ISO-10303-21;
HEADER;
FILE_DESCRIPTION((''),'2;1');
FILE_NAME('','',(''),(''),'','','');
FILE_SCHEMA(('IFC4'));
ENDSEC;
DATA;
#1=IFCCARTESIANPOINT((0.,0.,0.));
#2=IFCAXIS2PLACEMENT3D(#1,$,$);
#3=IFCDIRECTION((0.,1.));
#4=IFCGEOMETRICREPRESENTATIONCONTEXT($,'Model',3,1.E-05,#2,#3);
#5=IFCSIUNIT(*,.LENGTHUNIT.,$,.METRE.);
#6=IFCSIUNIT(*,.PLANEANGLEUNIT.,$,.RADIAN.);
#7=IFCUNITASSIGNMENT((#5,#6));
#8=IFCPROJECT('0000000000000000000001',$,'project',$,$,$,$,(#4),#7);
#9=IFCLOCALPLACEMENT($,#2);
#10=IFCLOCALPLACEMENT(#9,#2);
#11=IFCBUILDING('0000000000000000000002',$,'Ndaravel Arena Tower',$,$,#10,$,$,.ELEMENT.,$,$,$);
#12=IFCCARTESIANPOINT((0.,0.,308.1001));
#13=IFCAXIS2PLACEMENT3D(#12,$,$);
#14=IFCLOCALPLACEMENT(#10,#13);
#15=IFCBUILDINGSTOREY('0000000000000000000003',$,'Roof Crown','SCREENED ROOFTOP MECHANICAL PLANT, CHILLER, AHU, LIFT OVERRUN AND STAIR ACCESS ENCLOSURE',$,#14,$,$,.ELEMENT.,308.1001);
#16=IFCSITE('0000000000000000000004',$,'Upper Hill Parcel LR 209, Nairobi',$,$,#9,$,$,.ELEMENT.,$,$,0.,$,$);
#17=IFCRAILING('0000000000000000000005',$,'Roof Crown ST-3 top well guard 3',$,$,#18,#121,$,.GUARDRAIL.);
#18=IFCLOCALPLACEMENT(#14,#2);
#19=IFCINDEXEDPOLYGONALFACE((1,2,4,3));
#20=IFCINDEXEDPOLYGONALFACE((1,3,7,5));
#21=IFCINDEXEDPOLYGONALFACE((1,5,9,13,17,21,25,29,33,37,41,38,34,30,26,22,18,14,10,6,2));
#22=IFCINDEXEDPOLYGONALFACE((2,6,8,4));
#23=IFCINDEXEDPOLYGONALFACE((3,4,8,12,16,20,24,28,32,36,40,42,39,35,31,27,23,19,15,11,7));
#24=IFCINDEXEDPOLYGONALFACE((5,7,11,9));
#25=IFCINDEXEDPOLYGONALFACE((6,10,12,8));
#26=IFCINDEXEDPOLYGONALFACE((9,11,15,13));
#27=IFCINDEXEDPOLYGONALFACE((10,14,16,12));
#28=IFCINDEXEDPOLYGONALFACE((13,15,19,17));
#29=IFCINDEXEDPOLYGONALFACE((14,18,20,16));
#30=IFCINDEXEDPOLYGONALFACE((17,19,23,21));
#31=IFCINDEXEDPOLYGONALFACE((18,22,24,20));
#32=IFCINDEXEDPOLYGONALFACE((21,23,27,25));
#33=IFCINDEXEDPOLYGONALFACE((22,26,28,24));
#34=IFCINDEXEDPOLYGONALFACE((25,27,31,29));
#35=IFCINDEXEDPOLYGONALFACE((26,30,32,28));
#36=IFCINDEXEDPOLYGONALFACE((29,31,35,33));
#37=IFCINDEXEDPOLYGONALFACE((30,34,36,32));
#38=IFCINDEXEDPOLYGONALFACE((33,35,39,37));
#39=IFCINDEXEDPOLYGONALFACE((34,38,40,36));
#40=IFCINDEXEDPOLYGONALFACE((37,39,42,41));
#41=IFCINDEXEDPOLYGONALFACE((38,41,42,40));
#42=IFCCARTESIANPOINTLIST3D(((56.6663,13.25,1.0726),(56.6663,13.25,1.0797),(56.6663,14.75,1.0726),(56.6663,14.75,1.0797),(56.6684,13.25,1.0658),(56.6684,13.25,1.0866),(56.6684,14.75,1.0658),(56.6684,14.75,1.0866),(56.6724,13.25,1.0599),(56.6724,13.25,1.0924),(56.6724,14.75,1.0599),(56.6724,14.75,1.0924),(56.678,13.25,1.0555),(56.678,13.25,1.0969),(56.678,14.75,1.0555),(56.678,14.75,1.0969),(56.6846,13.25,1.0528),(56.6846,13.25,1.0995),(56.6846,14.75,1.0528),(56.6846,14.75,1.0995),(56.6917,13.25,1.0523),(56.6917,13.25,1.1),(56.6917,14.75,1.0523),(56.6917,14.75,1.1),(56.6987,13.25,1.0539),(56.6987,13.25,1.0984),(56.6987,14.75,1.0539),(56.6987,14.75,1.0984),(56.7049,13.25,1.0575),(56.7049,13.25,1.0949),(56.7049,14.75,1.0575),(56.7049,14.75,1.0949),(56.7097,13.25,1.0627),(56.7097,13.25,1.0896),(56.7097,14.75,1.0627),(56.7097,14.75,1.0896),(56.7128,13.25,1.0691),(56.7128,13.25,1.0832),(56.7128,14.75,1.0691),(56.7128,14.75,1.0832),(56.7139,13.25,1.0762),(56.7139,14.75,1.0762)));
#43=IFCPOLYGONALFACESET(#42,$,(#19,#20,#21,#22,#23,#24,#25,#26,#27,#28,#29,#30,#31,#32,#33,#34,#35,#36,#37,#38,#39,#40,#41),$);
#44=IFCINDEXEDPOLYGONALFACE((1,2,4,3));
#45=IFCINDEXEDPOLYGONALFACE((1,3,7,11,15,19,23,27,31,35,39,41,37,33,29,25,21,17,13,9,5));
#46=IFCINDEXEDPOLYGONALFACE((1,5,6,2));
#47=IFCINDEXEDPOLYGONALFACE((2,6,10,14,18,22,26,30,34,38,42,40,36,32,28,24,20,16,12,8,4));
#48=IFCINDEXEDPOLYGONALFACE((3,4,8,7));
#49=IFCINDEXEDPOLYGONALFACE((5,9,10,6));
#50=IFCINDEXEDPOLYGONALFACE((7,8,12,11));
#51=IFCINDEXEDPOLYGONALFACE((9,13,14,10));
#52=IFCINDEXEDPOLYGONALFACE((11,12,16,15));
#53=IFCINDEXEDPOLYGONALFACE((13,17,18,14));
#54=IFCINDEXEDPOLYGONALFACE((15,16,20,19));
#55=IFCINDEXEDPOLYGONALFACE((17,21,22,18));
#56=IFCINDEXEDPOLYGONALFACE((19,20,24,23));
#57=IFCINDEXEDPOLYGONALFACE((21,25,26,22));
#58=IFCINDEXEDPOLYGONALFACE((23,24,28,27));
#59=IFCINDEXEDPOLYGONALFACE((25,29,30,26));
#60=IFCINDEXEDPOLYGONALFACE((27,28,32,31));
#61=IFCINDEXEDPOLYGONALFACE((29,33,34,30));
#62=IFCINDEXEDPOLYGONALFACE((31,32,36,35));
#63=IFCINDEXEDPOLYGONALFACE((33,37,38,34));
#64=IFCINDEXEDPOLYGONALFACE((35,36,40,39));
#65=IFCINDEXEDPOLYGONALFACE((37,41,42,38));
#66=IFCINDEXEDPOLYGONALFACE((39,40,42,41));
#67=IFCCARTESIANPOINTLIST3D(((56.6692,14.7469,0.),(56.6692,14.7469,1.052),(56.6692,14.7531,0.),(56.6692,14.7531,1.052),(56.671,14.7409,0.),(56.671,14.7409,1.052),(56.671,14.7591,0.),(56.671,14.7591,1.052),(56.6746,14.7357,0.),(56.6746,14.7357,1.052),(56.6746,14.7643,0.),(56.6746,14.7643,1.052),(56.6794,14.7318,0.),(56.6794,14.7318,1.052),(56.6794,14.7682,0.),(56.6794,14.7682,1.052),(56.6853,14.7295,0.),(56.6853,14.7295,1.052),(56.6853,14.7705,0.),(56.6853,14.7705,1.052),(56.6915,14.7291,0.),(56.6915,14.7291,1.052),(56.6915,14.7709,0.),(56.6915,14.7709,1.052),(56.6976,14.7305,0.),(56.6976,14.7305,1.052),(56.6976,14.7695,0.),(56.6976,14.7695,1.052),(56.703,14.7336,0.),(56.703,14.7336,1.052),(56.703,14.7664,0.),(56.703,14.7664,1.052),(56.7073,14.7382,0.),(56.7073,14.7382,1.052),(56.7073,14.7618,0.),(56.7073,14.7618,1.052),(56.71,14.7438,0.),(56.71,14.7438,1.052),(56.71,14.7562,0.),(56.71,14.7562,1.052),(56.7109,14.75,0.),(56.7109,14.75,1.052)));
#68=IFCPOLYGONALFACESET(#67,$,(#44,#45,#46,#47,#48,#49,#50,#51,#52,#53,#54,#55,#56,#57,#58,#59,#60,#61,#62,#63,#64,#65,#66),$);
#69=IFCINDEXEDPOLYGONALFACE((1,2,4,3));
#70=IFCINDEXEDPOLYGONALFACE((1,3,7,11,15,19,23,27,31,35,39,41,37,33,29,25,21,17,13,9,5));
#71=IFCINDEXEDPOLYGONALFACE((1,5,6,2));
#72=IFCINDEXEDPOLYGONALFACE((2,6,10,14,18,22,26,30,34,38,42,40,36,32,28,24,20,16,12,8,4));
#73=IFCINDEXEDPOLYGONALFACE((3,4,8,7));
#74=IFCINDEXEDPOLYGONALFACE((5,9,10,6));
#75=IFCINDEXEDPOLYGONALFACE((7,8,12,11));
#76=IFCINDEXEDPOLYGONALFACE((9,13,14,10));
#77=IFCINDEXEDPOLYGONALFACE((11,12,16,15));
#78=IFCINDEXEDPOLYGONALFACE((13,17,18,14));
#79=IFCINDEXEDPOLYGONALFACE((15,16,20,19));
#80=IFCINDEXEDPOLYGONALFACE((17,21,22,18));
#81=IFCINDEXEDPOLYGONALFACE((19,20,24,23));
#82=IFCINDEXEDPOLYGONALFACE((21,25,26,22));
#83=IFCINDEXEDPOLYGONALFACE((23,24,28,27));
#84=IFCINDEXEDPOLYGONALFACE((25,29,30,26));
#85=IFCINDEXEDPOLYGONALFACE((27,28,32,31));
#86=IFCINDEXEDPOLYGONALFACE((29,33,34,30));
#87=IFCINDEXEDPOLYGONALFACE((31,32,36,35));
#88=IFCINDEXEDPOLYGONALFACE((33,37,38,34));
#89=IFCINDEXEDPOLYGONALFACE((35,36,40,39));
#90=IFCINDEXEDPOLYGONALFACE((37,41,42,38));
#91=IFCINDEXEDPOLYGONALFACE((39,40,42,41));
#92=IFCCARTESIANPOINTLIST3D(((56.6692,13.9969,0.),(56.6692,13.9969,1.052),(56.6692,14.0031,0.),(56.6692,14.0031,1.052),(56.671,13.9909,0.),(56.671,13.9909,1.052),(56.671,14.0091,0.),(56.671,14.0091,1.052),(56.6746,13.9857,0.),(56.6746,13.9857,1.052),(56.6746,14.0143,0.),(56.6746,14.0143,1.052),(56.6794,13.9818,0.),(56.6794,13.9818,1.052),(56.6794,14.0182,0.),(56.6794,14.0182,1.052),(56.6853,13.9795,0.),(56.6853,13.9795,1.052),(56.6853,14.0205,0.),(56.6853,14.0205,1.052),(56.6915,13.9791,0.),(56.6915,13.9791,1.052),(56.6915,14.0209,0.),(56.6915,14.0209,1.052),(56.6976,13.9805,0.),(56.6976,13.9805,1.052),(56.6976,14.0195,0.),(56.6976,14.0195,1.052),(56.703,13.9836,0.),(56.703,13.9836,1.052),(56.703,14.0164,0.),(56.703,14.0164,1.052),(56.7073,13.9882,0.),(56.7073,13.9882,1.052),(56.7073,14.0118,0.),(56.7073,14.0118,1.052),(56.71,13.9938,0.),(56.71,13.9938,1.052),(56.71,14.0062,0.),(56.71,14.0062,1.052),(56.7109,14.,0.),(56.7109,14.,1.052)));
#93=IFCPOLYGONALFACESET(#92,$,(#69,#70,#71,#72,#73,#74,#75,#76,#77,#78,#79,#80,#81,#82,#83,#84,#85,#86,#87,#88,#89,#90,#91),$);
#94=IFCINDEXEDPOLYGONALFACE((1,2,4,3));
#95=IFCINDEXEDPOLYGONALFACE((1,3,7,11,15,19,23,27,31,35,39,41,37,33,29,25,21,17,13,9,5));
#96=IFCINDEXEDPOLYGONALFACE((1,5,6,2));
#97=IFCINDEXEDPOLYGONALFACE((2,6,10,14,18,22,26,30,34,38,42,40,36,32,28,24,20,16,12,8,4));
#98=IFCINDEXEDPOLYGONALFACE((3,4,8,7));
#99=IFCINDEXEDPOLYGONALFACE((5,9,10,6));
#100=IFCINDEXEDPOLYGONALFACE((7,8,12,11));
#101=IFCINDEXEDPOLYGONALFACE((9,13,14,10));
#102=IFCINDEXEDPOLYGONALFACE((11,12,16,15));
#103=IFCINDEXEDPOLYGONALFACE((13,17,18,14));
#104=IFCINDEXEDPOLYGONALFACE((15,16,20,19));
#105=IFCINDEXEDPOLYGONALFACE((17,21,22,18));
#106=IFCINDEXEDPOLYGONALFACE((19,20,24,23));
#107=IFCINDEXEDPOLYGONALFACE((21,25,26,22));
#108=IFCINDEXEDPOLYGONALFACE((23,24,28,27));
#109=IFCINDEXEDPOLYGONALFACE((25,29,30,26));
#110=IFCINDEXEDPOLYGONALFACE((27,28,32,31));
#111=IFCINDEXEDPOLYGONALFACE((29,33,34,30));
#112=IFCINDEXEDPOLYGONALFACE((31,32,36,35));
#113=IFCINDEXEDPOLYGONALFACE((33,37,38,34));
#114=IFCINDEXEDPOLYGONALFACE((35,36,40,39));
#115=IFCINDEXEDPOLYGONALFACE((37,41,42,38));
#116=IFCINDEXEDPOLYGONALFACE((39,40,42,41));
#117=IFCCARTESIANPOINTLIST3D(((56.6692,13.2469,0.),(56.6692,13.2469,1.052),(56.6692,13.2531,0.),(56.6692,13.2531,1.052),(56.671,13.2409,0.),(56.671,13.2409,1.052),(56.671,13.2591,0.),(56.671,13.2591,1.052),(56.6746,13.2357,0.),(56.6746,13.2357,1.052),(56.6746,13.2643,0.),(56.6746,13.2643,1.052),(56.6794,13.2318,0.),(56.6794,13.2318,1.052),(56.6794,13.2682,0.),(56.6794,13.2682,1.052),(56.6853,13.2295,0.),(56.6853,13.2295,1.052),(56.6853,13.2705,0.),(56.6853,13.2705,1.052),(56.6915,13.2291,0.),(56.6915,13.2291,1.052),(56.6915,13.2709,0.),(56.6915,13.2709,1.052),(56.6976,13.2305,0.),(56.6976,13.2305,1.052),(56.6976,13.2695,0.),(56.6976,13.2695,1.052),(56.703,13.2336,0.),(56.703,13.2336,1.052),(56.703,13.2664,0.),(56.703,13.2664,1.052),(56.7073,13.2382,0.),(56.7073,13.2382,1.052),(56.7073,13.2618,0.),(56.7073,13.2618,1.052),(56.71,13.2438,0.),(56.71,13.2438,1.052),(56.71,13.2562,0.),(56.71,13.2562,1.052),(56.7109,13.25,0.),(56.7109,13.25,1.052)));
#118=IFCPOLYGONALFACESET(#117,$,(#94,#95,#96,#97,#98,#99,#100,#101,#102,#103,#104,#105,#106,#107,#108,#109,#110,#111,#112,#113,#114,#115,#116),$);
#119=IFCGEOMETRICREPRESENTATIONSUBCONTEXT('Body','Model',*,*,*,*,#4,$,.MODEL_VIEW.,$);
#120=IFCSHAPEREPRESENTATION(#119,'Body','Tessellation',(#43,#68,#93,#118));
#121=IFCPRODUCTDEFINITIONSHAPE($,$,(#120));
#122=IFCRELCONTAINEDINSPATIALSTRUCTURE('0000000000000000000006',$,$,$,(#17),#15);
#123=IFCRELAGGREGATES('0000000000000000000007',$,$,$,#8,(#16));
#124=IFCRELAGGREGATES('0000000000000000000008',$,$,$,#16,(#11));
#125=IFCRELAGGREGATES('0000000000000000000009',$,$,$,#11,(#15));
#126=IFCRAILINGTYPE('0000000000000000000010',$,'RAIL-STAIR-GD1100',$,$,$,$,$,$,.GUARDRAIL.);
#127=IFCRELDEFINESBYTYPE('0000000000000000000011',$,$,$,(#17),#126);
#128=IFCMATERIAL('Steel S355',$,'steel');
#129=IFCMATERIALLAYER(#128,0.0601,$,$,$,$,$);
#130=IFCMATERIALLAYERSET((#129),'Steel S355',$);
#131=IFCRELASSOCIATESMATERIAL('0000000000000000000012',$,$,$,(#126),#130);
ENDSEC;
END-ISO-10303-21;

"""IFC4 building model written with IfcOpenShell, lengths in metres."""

from ifc_helpers import new_model, si_unit, direction, frame, origin, origin_2d, place, context, subcontext, project, spatial, circle, extrude, material, layer, layer_set, type_object, element, save


model = new_model("IFC4")

# Units and contexts
model_context = context("Model", 3, precision=1e-05, world=origin(), true_north=direction((0.0, 1.0)))
body_context = subcontext(model_context, "Body", "Model", "MODEL_VIEW")
ifc_project = project(units=[si_unit("LENGTHUNIT", "METRE"), si_unit("PLANEANGLEUNIT", "RADIAN")], contexts=[model_context])

# Site, building, storey
site_placement = place(None, origin())
site = spatial("IfcSite", under=ifc_project, at=site_placement, Name="Upper Hill Parcel LR 209, Nairobi", CompositionType="ELEMENT", RefElevation=0.0)
building_placement = place(site_placement, origin())
building = spatial("IfcBuilding", under=site, at=building_placement, Name="Ndaravel Arena Tower", CompositionType="ELEMENT")
storey_placement = place(building_placement, frame((0.0, 0.0, 308.1001)))
storey = spatial("IfcBuildingStorey", under=building, at=storey_placement, Name="Roof Crown", Description="SCREENED ROOFTOP MECHANICAL PLANT, CHILLER, AHU, LIFT OVERRUN AND STAIR ACCESS ENCLOSURE", CompositionType="ELEMENT", Elevation=308.1001)

# Railing
ifc_material_1 = material(Name="Steel S355", Category="steel")
ifc_layer_1 = layer(ifc_material_1, 0.0601)
ifc_layer_set_1 = layer_set([ifc_layer_1], Name="Steel S355")
railing_type = type_object("IfcRailingType", Name="RAIL-STAIR-GD1100", PredefinedType="GUARDRAIL", material=ifc_layer_set_1)
railing_1_placement = place(storey_placement, frame((56.6899, 14.75, 0.0)))
element("IfcRailing", 1, at=railing_1_placement, inside=storey, type_object=railing_type, Name="Roof Crown ST-3 top well guard 3", PredefinedType="GUARDRAIL", context=body_context, shape_type="SweptSolid", body=[
    extrude(circle(Radius=0.0239, at=origin_2d()), frame((0.0, 0.0, 1.0762), z_axis=(0.0, -1.0, 0.0), x_axis=(1.0, 0.0, 0.0)), (0.0, 0.0, 1.0), 1.5),
    extrude(circle(Radius=0.021, at=origin_2d()), origin(), (0.0, 0.0, 1.0), 1.052),
    extrude(circle(Radius=0.021, at=origin_2d()), frame((0.0, -0.75, 0.0)), (0.0, 0.0, 1.0), 1.052),
    extrude(circle(Radius=0.021, at=origin_2d()), frame((0.0, -1.5, 0.0)), (0.0, 0.0, 1.0), 1.052),
])

save(model, "model.ifc")
